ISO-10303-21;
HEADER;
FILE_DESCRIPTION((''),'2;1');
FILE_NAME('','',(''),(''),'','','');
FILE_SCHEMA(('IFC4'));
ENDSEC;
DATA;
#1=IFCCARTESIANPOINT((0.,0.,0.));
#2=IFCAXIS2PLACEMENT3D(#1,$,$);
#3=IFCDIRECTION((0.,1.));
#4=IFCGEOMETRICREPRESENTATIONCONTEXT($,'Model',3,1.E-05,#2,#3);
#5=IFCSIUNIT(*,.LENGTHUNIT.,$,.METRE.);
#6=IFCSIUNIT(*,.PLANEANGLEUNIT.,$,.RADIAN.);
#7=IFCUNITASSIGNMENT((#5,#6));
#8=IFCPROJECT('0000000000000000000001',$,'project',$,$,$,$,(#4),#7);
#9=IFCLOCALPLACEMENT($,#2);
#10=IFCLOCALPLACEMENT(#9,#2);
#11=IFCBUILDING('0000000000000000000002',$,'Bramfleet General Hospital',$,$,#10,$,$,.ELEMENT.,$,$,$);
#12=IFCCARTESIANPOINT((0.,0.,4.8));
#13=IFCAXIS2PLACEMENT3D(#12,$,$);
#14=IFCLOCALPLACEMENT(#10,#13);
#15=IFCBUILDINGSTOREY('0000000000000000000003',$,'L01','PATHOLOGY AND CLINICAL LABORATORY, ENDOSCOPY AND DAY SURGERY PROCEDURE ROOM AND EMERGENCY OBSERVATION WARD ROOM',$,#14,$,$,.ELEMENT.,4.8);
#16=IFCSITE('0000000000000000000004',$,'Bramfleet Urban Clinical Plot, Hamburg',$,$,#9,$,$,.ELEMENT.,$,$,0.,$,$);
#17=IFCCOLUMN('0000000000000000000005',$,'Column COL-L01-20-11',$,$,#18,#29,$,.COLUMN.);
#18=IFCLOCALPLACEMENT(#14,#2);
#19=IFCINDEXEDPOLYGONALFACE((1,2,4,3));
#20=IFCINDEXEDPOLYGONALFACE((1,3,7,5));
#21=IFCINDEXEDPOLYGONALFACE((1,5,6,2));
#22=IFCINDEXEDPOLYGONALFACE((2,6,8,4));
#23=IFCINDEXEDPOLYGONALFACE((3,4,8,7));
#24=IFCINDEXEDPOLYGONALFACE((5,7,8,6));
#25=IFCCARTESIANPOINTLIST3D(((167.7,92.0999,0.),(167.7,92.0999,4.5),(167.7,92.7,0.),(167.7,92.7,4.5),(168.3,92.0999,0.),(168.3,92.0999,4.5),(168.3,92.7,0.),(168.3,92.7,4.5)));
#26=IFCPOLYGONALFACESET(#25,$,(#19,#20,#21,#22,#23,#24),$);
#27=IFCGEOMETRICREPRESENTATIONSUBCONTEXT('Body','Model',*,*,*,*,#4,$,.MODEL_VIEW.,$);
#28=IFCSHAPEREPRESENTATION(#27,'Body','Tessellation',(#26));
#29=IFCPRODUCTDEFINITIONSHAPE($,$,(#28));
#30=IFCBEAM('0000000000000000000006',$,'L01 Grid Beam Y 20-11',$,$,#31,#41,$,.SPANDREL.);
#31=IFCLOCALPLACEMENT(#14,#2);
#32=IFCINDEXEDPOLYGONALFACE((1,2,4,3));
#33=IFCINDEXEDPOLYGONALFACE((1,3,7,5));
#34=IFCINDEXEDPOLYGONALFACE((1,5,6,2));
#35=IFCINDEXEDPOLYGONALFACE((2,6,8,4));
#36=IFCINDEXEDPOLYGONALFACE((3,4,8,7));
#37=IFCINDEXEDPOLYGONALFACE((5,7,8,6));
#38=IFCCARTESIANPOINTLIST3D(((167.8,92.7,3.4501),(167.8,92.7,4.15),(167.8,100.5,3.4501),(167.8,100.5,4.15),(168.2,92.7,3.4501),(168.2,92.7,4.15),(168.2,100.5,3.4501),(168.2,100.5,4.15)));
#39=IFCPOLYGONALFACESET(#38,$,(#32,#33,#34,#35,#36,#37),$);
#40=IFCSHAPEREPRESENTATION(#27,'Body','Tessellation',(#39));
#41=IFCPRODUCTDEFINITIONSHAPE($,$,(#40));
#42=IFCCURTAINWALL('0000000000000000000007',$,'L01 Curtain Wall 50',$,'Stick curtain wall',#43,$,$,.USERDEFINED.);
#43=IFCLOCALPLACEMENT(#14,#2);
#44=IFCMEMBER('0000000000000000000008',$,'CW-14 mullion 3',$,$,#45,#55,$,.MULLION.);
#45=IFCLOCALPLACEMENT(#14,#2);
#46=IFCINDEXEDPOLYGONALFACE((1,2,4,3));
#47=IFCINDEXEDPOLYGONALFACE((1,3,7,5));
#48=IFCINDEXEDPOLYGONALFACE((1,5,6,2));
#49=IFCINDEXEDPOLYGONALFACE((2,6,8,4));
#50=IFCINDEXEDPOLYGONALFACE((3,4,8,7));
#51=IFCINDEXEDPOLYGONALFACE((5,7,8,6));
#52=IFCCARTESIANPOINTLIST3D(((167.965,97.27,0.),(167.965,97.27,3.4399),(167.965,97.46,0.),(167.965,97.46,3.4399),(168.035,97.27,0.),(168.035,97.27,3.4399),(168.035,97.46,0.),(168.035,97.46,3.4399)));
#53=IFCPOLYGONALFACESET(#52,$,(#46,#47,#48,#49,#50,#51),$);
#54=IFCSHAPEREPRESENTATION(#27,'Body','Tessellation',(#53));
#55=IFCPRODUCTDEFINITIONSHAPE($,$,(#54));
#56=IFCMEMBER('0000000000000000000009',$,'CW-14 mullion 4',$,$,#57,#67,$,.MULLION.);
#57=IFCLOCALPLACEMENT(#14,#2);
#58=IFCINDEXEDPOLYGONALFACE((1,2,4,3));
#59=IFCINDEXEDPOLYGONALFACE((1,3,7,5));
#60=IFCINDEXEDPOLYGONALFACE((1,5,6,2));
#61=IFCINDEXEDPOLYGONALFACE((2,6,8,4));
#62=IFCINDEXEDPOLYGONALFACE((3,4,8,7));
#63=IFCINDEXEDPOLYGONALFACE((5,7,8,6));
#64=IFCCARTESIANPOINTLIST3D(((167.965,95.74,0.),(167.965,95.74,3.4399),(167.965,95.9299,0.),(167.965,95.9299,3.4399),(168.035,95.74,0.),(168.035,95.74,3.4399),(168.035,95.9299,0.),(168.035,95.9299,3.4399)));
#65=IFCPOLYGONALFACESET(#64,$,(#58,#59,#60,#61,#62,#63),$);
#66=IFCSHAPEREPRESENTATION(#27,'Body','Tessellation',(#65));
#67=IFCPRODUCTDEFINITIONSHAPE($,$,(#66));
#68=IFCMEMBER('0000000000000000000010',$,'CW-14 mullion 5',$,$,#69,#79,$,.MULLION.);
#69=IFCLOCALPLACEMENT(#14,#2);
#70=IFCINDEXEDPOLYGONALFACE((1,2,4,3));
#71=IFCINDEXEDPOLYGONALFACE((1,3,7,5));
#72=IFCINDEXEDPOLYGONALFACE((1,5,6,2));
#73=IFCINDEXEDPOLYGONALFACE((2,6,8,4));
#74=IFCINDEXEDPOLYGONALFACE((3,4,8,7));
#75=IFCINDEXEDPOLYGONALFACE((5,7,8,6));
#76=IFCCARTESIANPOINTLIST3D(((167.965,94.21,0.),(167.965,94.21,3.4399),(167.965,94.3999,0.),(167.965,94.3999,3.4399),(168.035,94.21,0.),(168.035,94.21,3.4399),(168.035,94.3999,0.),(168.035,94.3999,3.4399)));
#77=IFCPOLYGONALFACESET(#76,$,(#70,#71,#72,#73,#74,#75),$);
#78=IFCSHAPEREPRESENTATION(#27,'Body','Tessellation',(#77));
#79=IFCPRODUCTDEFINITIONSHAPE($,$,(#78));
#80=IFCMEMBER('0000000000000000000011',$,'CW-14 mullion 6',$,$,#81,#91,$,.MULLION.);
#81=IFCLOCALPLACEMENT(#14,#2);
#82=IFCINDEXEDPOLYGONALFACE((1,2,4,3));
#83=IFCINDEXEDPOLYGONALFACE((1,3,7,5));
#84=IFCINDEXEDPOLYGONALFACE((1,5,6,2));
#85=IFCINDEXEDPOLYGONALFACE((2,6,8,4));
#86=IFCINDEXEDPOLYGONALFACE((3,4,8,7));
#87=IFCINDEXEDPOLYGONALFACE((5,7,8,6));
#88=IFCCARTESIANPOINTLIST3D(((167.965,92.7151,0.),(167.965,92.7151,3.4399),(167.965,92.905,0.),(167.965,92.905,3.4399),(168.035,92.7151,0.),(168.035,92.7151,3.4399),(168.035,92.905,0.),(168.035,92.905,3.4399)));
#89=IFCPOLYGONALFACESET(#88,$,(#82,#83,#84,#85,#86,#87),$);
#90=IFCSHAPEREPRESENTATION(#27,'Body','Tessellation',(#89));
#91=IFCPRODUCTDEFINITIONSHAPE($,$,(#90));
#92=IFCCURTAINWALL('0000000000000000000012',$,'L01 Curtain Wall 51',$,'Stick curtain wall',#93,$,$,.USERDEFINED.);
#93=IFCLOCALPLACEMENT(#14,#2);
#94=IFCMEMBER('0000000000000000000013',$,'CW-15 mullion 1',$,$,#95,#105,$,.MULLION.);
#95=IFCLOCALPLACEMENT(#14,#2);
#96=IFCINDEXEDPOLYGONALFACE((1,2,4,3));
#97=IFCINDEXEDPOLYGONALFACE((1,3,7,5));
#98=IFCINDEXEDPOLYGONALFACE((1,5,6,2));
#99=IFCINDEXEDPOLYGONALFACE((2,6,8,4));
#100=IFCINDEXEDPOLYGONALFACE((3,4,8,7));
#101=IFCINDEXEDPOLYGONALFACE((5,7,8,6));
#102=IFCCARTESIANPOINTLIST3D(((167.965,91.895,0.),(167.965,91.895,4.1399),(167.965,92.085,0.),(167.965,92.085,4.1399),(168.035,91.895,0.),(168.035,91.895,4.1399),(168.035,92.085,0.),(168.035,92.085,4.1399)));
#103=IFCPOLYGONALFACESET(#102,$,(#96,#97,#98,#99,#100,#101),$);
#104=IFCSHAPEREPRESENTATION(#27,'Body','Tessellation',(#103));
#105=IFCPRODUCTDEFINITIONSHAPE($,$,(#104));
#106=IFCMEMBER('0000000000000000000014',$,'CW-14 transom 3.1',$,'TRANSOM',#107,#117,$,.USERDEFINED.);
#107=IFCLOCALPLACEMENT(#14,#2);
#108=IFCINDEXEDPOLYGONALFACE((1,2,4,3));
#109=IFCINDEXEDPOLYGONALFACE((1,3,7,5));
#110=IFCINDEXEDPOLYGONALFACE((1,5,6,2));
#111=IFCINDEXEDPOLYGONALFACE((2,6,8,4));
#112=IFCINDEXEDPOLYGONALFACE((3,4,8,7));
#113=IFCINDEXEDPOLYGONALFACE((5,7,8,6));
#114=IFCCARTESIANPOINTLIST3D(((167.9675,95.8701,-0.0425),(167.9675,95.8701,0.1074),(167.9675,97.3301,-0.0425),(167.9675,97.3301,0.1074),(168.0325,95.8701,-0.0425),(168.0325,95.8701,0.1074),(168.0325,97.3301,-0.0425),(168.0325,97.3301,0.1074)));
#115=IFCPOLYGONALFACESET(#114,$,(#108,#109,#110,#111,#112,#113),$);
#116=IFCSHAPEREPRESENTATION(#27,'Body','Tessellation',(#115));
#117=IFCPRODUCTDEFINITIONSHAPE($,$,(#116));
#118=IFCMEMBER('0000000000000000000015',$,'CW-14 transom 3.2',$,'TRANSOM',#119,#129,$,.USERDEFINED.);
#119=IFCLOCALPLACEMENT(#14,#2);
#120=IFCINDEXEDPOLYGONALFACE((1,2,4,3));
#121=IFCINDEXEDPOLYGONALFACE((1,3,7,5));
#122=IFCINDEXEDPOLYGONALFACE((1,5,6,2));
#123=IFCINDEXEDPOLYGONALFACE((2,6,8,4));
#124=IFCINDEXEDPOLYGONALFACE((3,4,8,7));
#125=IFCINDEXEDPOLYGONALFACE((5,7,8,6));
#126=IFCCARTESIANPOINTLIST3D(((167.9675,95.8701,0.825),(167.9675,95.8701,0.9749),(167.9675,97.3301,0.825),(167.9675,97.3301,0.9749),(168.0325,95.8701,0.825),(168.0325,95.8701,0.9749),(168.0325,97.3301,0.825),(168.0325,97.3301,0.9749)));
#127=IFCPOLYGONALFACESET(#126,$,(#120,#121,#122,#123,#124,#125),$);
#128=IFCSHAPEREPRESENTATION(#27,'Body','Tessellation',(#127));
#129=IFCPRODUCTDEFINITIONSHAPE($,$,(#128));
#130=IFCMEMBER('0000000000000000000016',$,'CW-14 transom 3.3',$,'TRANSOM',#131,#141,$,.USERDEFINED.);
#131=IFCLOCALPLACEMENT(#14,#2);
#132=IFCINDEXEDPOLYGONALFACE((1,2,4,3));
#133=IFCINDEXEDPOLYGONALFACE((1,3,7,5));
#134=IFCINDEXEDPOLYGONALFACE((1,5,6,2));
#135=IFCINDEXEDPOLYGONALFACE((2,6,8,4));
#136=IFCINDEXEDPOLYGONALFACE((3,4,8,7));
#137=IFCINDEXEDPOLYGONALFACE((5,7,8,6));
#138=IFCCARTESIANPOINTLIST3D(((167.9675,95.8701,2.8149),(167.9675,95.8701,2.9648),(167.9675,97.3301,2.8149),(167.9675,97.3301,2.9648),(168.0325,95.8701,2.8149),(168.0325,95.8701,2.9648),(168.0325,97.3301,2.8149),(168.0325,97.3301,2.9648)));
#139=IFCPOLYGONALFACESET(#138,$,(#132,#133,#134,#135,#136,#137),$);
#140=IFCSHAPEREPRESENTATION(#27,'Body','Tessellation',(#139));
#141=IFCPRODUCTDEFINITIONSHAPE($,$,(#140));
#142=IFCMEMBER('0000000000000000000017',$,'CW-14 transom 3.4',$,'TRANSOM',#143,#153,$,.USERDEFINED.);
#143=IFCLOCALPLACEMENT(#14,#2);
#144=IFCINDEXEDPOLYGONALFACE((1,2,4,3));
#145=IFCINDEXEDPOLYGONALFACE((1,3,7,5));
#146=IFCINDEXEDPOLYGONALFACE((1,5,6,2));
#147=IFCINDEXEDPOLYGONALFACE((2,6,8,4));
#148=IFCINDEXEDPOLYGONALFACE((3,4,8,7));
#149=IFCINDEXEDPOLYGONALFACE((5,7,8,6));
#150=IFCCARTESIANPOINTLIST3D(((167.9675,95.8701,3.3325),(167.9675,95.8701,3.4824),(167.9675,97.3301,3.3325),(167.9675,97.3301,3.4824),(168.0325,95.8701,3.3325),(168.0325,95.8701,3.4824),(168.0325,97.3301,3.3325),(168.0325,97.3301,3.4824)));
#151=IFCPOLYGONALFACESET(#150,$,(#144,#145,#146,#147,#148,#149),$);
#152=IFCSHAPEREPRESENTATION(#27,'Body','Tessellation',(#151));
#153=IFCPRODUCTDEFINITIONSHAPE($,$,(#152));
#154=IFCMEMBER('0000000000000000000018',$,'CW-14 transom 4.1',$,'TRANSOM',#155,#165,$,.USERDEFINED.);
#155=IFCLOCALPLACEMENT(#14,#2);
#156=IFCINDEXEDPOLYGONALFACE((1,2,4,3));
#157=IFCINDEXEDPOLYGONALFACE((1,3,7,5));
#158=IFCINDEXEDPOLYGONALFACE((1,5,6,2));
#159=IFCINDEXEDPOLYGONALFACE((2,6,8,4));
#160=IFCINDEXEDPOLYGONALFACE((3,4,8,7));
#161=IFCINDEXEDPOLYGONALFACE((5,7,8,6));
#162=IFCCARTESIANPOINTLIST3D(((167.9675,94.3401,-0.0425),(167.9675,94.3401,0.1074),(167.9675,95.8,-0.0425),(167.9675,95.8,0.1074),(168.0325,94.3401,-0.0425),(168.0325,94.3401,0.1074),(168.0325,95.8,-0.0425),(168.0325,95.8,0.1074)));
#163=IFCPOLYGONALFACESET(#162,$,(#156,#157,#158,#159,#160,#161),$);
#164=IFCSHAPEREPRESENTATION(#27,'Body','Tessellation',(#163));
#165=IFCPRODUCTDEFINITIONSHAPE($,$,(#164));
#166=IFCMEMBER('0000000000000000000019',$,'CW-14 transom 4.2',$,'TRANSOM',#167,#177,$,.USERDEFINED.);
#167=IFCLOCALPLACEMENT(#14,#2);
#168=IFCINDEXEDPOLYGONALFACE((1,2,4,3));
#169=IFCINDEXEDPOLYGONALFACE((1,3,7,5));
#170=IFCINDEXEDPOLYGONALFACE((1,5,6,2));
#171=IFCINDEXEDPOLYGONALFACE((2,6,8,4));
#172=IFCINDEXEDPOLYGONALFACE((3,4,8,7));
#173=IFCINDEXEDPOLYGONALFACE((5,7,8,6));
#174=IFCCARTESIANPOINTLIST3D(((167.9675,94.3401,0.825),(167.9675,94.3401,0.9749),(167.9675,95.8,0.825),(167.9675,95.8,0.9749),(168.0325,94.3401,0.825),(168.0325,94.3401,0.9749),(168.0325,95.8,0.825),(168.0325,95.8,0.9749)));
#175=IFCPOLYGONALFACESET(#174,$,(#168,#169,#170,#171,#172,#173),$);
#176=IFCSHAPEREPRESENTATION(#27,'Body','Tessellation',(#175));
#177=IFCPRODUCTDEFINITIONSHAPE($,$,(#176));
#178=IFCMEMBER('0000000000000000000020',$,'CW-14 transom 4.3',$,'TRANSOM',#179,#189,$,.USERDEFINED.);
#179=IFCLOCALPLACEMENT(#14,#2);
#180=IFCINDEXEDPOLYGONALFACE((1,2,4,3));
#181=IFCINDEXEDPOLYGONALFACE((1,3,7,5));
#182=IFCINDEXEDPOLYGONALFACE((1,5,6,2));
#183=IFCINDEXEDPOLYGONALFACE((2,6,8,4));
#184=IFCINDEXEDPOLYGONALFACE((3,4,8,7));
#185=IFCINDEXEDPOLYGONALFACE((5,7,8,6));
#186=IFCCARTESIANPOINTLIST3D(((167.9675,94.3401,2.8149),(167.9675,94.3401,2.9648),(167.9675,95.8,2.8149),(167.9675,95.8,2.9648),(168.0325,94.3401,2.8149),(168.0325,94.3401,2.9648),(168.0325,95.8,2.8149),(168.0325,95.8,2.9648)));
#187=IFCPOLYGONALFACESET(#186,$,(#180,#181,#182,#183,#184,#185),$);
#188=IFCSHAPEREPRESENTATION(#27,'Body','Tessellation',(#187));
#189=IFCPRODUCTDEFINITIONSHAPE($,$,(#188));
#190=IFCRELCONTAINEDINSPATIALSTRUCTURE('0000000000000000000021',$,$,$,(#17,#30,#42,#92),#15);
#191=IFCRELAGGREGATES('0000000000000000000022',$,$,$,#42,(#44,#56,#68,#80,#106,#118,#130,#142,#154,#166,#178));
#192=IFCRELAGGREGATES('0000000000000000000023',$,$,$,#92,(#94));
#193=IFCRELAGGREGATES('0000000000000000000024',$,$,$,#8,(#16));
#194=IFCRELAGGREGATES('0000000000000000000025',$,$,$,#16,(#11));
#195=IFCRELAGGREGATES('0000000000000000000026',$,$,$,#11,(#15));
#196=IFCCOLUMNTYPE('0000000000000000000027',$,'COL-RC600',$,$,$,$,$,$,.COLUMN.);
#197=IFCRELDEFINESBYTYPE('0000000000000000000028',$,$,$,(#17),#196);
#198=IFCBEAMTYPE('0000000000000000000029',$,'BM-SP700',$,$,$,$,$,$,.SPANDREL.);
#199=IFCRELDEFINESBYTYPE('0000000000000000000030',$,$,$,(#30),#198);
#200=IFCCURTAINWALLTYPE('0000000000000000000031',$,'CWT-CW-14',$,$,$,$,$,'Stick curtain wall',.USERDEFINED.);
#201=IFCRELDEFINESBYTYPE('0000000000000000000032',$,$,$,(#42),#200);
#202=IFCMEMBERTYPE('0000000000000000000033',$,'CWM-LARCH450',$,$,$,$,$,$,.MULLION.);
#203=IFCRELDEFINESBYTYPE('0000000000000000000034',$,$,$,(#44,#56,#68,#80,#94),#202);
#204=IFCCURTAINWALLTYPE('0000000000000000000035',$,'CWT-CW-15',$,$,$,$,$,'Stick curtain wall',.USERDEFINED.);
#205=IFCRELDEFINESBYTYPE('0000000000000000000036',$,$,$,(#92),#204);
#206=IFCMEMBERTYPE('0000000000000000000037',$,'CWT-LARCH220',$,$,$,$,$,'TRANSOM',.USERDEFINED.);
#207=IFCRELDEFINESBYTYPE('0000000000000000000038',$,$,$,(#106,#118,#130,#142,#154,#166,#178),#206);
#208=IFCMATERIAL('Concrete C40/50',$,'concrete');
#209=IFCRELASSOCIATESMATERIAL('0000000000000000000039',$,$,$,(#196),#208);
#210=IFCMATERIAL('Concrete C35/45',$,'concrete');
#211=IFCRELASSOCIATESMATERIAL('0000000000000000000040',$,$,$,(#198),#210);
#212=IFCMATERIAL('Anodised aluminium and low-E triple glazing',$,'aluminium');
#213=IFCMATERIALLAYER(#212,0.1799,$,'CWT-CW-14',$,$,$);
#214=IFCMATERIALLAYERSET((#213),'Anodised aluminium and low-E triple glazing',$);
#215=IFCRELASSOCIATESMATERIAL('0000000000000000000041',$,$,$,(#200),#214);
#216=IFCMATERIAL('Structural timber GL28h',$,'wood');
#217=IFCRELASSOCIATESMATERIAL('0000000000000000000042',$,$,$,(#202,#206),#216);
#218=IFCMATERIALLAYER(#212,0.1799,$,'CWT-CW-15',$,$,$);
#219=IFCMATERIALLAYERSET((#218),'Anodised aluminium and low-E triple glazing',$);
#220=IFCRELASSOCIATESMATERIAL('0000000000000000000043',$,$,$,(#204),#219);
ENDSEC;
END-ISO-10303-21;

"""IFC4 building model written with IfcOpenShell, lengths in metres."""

from ifc_helpers import new_model, si_unit, direction, frame, origin, origin_2d, place, context, subcontext, project, spatial, rectangle, extrude, material, layer, layer_set, material_profile, profile_set, type_object, element, aggregate, save


model = new_model("IFC4")

# Units and contexts
model_context = context("Model", 3, precision=1e-05, world=origin(), true_north=direction((0.0, 1.0)))
body_context = subcontext(model_context, "Body", "Model", "MODEL_VIEW")
ifc_project = project(units=[si_unit("LENGTHUNIT", "METRE"), si_unit("PLANEANGLEUNIT", "RADIAN")], contexts=[model_context])

# Site, building, storey
site_placement = place(None, origin())
site = spatial("IfcSite", under=ifc_project, at=site_placement, Name="Bramfleet Urban Clinical Plot, Hamburg", CompositionType="ELEMENT", RefElevation=0.0)
building_placement = place(site_placement, origin())
building = spatial("IfcBuilding", under=site, at=building_placement, Name="Bramfleet General Hospital", CompositionType="ELEMENT")
storey_placement = place(building_placement, frame((0.0, 0.0, 4.8)))
storey = spatial("IfcBuildingStorey", under=building, at=storey_placement, Name="L01", Description="PATHOLOGY AND CLINICAL LABORATORY, ENDOSCOPY AND DAY SURGERY PROCEDURE ROOM AND EMERGENCY OBSERVATION WARD ROOM", CompositionType="ELEMENT", Elevation=4.8)

# Column
ifc_material_1 = material(Name="Concrete C40/50", Category="concrete")
ifc_material_profile_1 = material_profile(ifc_material_1, rectangle(XDim=0.6001, YDim=0.6001, at=origin_2d()), Name="RC COL 600x600")
ifc_profile_set_1 = profile_set([ifc_material_profile_1], Name="Concrete C40/50")
column_type = type_object("IfcColumnType", Name="COL-RC600", PredefinedType="COLUMN", material=ifc_profile_set_1)
column_placement = place(storey_placement, frame((168.0, 92.3999, 0.0), z_axis=(0.0, 0.0, 1.0), x_axis=(1.0, 0.0, 0.0)))
element("IfcColumn", 1, at=column_placement, inside=storey, type_object=column_type, Name="Column COL-L01-20-11", PredefinedType="COLUMN", context=body_context, shape_type="SweptSolid", body=[
    extrude(rectangle(XDim=0.6001, YDim=0.6001, at=origin_2d()), origin(), (0.0, 0.0, 1.0), 4.5),
])

# Beam
ifc_material_2 = material(Name="Concrete C35/45", Category="concrete")
ifc_material_profile_2 = material_profile(ifc_material_2, rectangle(XDim=0.3999, YDim=0.7, at=origin_2d()), Name="RC SP 700x400")
ifc_profile_set_2 = profile_set([ifc_material_profile_2], Name="Concrete C35/45")
beam_type = type_object("IfcBeamType", Name="BM-SP700", PredefinedType="SPANDREL", material=ifc_profile_set_2)
beam_placement = place(storey_placement, frame((168.0, 92.7, 3.8), z_axis=(0.0, 1.0, 0.0), x_axis=(-1.0, 0.0, 0.0)))
element("IfcBeam", 2, at=beam_placement, inside=storey, type_object=beam_type, Name="L01 Grid Beam Y 20-11", PredefinedType="SPANDREL", context=body_context, shape_type="SweptSolid", body=[
    extrude(rectangle(XDim=0.3999, YDim=0.7, at=origin_2d()), origin(), (0.0, 0.0, 1.0), 7.8),
])

# Curtain wall, members
ifc_material_3 = material(Name="Anodised aluminium and low-E triple glazing", Category="aluminium")
ifc_layer_1 = layer(ifc_material_3, 0.1799, Name="CWT-CW-14")
ifc_layer_set_1 = layer_set([ifc_layer_1], Name="Anodised aluminium and low-E triple glazing")
curtain_wall_type_1 = type_object("IfcCurtainWallType", Name="CWT-CW-14", ElementType="Stick curtain wall", PredefinedType="USERDEFINED", material=ifc_layer_set_1)
curtain_wall_1_placement = place(storey_placement, origin())
curtain_wall_1 = element("IfcCurtainWall", 3, at=curtain_wall_1_placement, inside=storey, type_object=curtain_wall_type_1, Name="L01 Curtain Wall 50", ObjectType="Stick curtain wall", PredefinedType="USERDEFINED")
ifc_material_4 = material(Name="Structural timber GL28h", Category="wood")
ifc_material_profile_3 = material_profile(ifc_material_4, rectangle(XDim=0.0701, YDim=0.1899, at=origin_2d()), Name="LARCH 190x70")
ifc_profile_set_3 = profile_set([ifc_material_profile_3], Name="Structural timber GL28h")
member_type_1 = type_object("IfcMemberType", Name="CWM-LARCH450", PredefinedType="MULLION", material=ifc_profile_set_3)
member_1_placement = place(storey_placement, frame((168.0, 97.365, 0.0), z_axis=(0.0, 0.0, 1.0), x_axis=(1.0, 0.0, 0.0)))
member_1 = element("IfcMember", 4, at=member_1_placement, type_object=member_type_1, Name="CW-14 mullion 3", PredefinedType="MULLION", context=body_context, shape_type="SweptSolid", body=[
    extrude(rectangle(XDim=0.0701, YDim=0.1899, at=origin_2d()), origin(), (0.0, 0.0, 1.0), 3.4399),
])
member_2_placement = place(storey_placement, frame((168.0, 95.835, 0.0), z_axis=(0.0, 0.0, 1.0), x_axis=(1.0, 0.0, 0.0)))
member_2 = element("IfcMember", 5, at=member_2_placement, type_object=member_type_1, Name="CW-14 mullion 4", PredefinedType="MULLION", context=body_context, shape_type="SweptSolid", body=[
    extrude(rectangle(XDim=0.0701, YDim=0.1899, at=origin_2d()), origin(), (0.0, 0.0, 1.0), 3.4399),
])
member_3_placement = place(storey_placement, frame((168.0, 94.3049, 0.0), z_axis=(0.0, 0.0, 1.0), x_axis=(1.0, 0.0, 0.0)))
member_3 = element("IfcMember", 6, at=member_3_placement, type_object=member_type_1, Name="CW-14 mullion 5", PredefinedType="MULLION", context=body_context, shape_type="SweptSolid", body=[
    extrude(rectangle(XDim=0.0701, YDim=0.1899, at=origin_2d()), origin(), (0.0, 0.0, 1.0), 3.4399),
])
member_4_placement = place(storey_placement, frame((168.0, 92.8101, 0.0), z_axis=(0.0, 0.0, 1.0), x_axis=(1.0, 0.0, 0.0)))
member_4 = element("IfcMember", 7, at=member_4_placement, type_object=member_type_1, Name="CW-14 mullion 6", PredefinedType="MULLION", context=body_context, shape_type="SweptSolid", body=[
    extrude(rectangle(XDim=0.0701, YDim=0.1899, at=origin_2d()), origin(), (0.0, 0.0, 1.0), 3.4399),
])

# Curtain wall, member
ifc_layer_2 = layer(ifc_material_3, 0.1799, Name="CWT-CW-15")
ifc_layer_set_2 = layer_set([ifc_layer_2], Name="Anodised aluminium and low-E triple glazing")
curtain_wall_type_2 = type_object("IfcCurtainWallType", Name="CWT-CW-15", ElementType="Stick curtain wall", PredefinedType="USERDEFINED", material=ifc_layer_set_2)
curtain_wall_2_placement = place(storey_placement, origin())
curtain_wall_2 = element("IfcCurtainWall", 8, at=curtain_wall_2_placement, inside=storey, type_object=curtain_wall_type_2, Name="L01 Curtain Wall 51", ObjectType="Stick curtain wall", PredefinedType="USERDEFINED")
member_5_placement = place(storey_placement, frame((168.0, 91.99, 0.0), z_axis=(0.0, 0.0, 1.0), x_axis=(1.0, 0.0, 0.0)))
member_5 = element("IfcMember", 9, at=member_5_placement, type_object=member_type_1, Name="CW-15 mullion 1", PredefinedType="MULLION", context=body_context, shape_type="SweptSolid", body=[
    extrude(rectangle(XDim=0.0701, YDim=0.1899, at=origin_2d()), origin(), (0.0, 0.0, 1.0), 4.1399),
])

# Members
ifc_material_profile_4 = material_profile(ifc_material_4, rectangle(XDim=0.0649, YDim=0.1499, at=origin_2d()), Name="LARCH 150x65")
ifc_profile_set_4 = profile_set([ifc_material_profile_4], Name="Structural timber GL28h")
member_type_2 = type_object("IfcMemberType", Name="CWT-LARCH220", ElementType="TRANSOM", PredefinedType="USERDEFINED", material=ifc_profile_set_4)
member_6_placement = place(storey_placement, frame((168.0, 97.3301, 0.0325), z_axis=(0.0, -1.0, 0.0), x_axis=(1.0, 0.0, 0.0)))
member_6 = element("IfcMember", 10, at=member_6_placement, type_object=member_type_2, Name="CW-14 transom 3.1", ObjectType="TRANSOM", PredefinedType="USERDEFINED", context=body_context, shape_type="SweptSolid", body=[
    extrude(rectangle(XDim=0.0649, YDim=0.1499, at=origin_2d()), origin(), (0.0, 0.0, 1.0), 1.46),
])
member_7_placement = place(storey_placement, frame((168.0, 97.3301, 0.8999), z_axis=(0.0, -1.0, 0.0), x_axis=(1.0, 0.0, 0.0)))
member_7 = element("IfcMember", 11, at=member_7_placement, type_object=member_type_2, Name="CW-14 transom 3.2", ObjectType="TRANSOM", PredefinedType="USERDEFINED", context=body_context, shape_type="SweptSolid", body=[
    extrude(rectangle(XDim=0.0649, YDim=0.1499, at=origin_2d()), origin(), (0.0, 0.0, 1.0), 1.46),
])
member_8_placement = place(storey_placement, frame((168.0, 97.3301, 2.8899), z_axis=(0.0, -1.0, 0.0), x_axis=(1.0, 0.0, 0.0)))
member_8 = element("IfcMember", 12, at=member_8_placement, type_object=member_type_2, Name="CW-14 transom 3.3", ObjectType="TRANSOM", PredefinedType="USERDEFINED", context=body_context, shape_type="SweptSolid", body=[
    extrude(rectangle(XDim=0.0649, YDim=0.1499, at=origin_2d()), origin(), (0.0, 0.0, 1.0), 1.46),
])
member_9_placement = place(storey_placement, frame((168.0, 97.3301, 3.4075), z_axis=(0.0, -1.0, 0.0), x_axis=(1.0, 0.0, 0.0)))
member_9 = element("IfcMember", 13, at=member_9_placement, type_object=member_type_2, Name="CW-14 transom 3.4", ObjectType="TRANSOM", PredefinedType="USERDEFINED", context=body_context, shape_type="SweptSolid", body=[
    extrude(rectangle(XDim=0.0649, YDim=0.1499, at=origin_2d()), origin(), (0.0, 0.0, 1.0), 1.46),
])
member_10_placement = place(storey_placement, frame((168.0, 95.8, 0.0325), z_axis=(0.0, -1.0, 0.0), x_axis=(1.0, 0.0, 0.0)))
member_10 = element("IfcMember", 14, at=member_10_placement, type_object=member_type_2, Name="CW-14 transom 4.1", ObjectType="TRANSOM", PredefinedType="USERDEFINED", context=body_context, shape_type="SweptSolid", body=[
    extrude(rectangle(XDim=0.0649, YDim=0.1499, at=origin_2d()), origin(), (0.0, 0.0, 1.0), 1.46),
])
member_11_placement = place(storey_placement, frame((168.0, 95.8, 0.8999), z_axis=(0.0, -1.0, 0.0), x_axis=(1.0, 0.0, 0.0)))
member_11 = element("IfcMember", 15, at=member_11_placement, type_object=member_type_2, Name="CW-14 transom 4.2", ObjectType="TRANSOM", PredefinedType="USERDEFINED", context=body_context, shape_type="SweptSolid", body=[
    extrude(rectangle(XDim=0.0649, YDim=0.1499, at=origin_2d()), origin(), (0.0, 0.0, 1.0), 1.46),
])
member_12_placement = place(storey_placement, frame((168.0, 95.8, 2.8899), z_axis=(0.0, -1.0, 0.0), x_axis=(1.0, 0.0, 0.0)))
member_12 = element("IfcMember", 16, at=member_12_placement, type_object=member_type_2, Name="CW-14 transom 4.3", ObjectType="TRANSOM", PredefinedType="USERDEFINED", context=body_context, shape_type="SweptSolid", body=[
    extrude(rectangle(XDim=0.0649, YDim=0.1499, at=origin_2d()), origin(), (0.0, 0.0, 1.0), 1.46),
])

aggregate(curtain_wall_1, [member_1, member_2, member_3, member_4, member_6, member_7, member_8, member_9, member_10, member_11, member_12])
aggregate(curtain_wall_2, [member_5])

save(model, "model.ifc")
